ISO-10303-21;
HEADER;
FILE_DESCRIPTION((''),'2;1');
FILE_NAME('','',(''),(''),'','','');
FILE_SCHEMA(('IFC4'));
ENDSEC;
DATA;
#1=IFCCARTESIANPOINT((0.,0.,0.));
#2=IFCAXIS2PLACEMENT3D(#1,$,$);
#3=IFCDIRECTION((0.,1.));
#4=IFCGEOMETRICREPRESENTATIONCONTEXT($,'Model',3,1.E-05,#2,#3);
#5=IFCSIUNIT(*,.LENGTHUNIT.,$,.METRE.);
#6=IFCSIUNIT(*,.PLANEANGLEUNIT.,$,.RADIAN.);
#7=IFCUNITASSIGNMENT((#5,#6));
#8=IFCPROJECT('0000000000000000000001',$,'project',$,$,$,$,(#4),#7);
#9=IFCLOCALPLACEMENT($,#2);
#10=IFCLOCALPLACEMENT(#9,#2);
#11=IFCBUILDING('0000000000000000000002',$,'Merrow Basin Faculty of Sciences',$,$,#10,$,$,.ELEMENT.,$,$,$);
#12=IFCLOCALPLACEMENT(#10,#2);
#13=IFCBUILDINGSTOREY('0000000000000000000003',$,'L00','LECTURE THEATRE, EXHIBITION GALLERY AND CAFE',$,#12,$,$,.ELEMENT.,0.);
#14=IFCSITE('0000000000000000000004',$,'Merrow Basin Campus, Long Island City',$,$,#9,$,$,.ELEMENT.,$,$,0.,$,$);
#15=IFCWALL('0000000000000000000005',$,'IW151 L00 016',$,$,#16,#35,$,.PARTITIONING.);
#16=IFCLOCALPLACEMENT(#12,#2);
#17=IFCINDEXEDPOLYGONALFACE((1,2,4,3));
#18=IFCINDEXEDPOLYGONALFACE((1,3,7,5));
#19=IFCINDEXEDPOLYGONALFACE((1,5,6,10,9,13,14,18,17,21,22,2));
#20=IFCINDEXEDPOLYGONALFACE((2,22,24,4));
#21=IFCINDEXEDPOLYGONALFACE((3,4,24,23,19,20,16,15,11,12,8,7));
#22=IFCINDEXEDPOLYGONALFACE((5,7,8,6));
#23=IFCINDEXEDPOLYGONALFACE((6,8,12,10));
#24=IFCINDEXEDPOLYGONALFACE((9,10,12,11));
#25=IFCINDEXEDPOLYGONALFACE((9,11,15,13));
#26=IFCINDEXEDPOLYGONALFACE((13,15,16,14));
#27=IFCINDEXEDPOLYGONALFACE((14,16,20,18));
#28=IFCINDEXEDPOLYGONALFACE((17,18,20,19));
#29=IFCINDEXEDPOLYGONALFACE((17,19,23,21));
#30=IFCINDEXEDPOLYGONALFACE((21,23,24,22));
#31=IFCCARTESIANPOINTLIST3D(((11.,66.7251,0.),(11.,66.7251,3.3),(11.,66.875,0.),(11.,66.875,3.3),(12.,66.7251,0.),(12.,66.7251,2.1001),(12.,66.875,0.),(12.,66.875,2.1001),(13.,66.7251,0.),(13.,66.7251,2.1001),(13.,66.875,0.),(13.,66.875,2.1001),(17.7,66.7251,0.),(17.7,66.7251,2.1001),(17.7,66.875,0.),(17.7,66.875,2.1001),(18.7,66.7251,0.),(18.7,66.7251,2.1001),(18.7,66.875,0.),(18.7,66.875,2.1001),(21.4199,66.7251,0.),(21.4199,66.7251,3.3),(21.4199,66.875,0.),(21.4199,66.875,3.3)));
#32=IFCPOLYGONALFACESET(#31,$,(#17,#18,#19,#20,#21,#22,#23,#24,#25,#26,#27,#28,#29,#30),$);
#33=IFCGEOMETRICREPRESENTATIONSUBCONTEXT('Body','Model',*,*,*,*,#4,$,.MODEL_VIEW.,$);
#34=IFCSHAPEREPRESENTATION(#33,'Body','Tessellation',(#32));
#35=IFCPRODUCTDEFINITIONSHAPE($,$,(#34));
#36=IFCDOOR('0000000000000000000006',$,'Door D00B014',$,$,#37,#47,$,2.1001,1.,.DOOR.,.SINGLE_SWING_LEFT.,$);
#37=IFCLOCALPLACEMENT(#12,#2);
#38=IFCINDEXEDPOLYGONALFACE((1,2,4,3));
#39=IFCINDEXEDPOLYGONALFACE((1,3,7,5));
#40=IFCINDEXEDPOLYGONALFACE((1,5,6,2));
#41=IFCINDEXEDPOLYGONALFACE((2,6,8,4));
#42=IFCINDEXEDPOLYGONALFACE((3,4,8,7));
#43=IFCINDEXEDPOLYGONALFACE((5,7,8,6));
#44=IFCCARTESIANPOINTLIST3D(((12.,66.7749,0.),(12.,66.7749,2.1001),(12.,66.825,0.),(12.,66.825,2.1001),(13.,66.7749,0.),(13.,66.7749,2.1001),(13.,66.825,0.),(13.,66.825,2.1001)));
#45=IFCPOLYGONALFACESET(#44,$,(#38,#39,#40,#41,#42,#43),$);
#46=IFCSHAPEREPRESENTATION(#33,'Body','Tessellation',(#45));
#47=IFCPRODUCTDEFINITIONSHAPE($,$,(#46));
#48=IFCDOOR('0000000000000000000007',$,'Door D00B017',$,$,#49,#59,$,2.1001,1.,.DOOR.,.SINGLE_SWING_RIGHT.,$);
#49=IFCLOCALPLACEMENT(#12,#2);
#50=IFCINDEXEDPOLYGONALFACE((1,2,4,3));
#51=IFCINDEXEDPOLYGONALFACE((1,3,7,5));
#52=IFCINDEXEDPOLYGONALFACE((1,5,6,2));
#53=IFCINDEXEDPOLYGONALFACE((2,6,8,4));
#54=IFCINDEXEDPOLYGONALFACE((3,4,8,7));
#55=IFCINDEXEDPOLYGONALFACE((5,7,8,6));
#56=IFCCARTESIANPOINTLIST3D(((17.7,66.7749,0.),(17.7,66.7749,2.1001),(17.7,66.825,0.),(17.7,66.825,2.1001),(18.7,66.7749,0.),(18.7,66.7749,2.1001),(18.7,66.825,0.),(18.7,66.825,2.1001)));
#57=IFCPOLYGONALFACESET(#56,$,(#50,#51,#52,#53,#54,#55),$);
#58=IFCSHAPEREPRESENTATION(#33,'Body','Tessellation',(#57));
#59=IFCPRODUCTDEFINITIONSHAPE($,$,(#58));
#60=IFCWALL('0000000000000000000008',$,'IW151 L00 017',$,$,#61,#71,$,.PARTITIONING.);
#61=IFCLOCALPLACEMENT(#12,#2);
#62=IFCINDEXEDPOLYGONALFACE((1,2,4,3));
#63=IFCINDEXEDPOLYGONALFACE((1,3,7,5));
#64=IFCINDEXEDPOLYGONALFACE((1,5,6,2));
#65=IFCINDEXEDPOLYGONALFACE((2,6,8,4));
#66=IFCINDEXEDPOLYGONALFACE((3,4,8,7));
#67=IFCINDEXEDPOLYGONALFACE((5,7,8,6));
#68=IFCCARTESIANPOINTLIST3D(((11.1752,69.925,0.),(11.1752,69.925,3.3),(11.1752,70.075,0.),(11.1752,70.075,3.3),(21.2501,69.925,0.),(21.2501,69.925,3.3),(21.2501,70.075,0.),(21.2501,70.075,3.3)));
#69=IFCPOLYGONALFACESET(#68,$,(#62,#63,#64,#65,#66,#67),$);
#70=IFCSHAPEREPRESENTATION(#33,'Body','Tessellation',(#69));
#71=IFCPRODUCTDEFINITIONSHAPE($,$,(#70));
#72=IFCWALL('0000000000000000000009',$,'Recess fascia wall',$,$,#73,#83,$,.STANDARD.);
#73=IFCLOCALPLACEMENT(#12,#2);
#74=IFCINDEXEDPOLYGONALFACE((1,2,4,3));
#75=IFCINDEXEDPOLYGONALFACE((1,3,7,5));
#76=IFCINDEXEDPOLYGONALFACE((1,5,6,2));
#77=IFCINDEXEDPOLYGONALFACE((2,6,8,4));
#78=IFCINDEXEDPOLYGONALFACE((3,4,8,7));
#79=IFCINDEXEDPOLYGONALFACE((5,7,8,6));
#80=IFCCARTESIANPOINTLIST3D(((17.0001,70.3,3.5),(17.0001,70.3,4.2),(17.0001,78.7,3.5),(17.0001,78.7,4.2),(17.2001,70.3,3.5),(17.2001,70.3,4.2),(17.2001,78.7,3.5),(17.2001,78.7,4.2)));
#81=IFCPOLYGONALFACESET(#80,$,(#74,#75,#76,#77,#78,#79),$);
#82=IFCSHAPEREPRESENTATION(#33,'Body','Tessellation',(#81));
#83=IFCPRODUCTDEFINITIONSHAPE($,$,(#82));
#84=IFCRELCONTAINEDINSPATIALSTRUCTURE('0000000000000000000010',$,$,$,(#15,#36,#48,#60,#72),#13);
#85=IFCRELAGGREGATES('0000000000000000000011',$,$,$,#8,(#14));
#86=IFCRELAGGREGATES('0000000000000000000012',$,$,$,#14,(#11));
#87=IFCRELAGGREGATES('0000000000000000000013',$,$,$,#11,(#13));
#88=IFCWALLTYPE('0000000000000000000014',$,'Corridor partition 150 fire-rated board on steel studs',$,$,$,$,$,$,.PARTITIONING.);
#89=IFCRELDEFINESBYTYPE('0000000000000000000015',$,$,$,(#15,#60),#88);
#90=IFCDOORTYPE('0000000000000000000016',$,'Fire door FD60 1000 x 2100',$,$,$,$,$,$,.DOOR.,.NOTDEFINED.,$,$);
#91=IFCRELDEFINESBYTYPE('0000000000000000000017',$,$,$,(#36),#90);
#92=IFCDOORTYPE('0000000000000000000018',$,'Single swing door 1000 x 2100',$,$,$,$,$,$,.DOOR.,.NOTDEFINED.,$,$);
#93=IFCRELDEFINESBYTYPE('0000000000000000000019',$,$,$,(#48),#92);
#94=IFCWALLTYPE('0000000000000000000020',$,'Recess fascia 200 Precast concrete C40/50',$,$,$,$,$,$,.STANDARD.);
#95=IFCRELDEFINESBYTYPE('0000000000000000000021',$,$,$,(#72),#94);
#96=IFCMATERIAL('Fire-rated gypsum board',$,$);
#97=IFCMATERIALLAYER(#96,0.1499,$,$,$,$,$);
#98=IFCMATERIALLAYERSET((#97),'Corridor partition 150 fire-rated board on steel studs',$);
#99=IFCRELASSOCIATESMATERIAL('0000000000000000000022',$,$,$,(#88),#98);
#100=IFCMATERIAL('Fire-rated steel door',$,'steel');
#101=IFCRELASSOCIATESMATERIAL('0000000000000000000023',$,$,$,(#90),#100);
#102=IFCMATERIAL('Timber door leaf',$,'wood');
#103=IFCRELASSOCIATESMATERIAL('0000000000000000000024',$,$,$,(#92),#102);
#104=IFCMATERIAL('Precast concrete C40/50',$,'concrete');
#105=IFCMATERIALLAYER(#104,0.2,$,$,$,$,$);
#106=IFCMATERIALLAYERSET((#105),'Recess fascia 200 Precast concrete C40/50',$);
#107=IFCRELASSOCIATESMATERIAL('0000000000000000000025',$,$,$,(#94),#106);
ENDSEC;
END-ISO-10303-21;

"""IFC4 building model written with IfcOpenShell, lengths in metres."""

from ifc_helpers import new_model, si_unit, direction, frame, frame_2d, origin, place, context, subcontext, project, spatial, rectangle, extrude, material, layer, layer_set, type_object, element, fill, save


model = new_model("IFC4")

# Units and contexts
model_context = context("Model", 3, precision=1e-05, world=origin(), true_north=direction((0.0, 1.0)))
body_context = subcontext(model_context, "Body", "Model", "MODEL_VIEW")
ifc_project = project(units=[si_unit("LENGTHUNIT", "METRE"), si_unit("PLANEANGLEUNIT", "RADIAN")], contexts=[model_context])

# Site, building, storey
site_placement = place(None, origin())
site = spatial("IfcSite", under=ifc_project, at=site_placement, Name="Merrow Basin Campus, Long Island City", CompositionType="ELEMENT", RefElevation=0.0)
building_placement = place(site_placement, origin())
building = spatial("IfcBuilding", under=site, at=building_placement, Name="Merrow Basin Faculty of Sciences", CompositionType="ELEMENT")
storey_placement = place(building_placement, origin())
storey = spatial("IfcBuildingStorey", under=building, at=storey_placement, Name="L00", Description="LECTURE THEATRE, EXHIBITION GALLERY AND CAFE", CompositionType="ELEMENT", Elevation=0.0)

# Shared definitions
ifc_material_1 = material(Name="Fire-rated gypsum board")
ifc_layer_1 = layer(ifc_material_1, 0.1499)
ifc_layer_set_1 = layer_set([ifc_layer_1], Name="Corridor partition 150 fire-rated board on steel studs")
wall_type_1 = type_object("IfcWallType", Name="Corridor partition 150 fire-rated board on steel studs", PredefinedType="PARTITIONING", material=ifc_layer_set_1)

# Wall, openings, doors
wall_1_placement = place(storey_placement, frame((11.0, 66.8, 0.0), z_axis=(0.0, 0.0, 1.0), x_axis=(1.0, 0.0, 0.0)))
wall_1 = element("IfcWall", 1, at=wall_1_placement, inside=storey, type_object=wall_type_1, Name="IW151 L00 016", PredefinedType="PARTITIONING", context=body_context, shape_type="SweptSolid", body=[
    extrude(rectangle(XDim=10.4199, YDim=0.1499, at=frame_2d((5.21, 0.0))), origin(), (0.0, 0.0, 1.0), 3.3),
])
opening_1_placement = place(wall_1_placement, frame((1.0, 0.0, 0.0)))
opening_1 = element("IfcOpeningElement", 2, at=opening_1_placement, cuts=wall_1, PredefinedType="OPENING", context=body_context, shape_type="SweptSolid", body=[
    extrude(rectangle(XDim=1.0, YDim=2.1001, at=frame_2d((0.5, 1.05))), frame((0.0, 0.085, 0.0), z_axis=(0.0, -1.0, 0.0), x_axis=(1.0, 0.0, 0.0)), (0.0, 0.0, 1.0), 0.1699),
])
opening_2_placement = place(wall_1_placement, frame((6.7, 0.0, 0.0)))
opening_2 = element("IfcOpeningElement", 3, at=opening_2_placement, cuts=wall_1, PredefinedType="OPENING", context=body_context, shape_type="SweptSolid", body=[
    extrude(rectangle(XDim=1.0, YDim=2.1001, at=frame_2d((0.5, 1.05))), frame((0.0, 0.085, 0.0), z_axis=(0.0, -1.0, 0.0), x_axis=(1.0, 0.0, 0.0)), (0.0, 0.0, 1.0), 0.1699),
])
ifc_material_2 = material(Name="Fire-rated steel door", Category="steel")
door_type_1 = type_object("IfcDoorType", Name="Fire door FD60 1000 x 2100", OperationType="NOTDEFINED", PredefinedType="DOOR", material=ifc_material_2)
door_1_placement = place(opening_1_placement, origin())
door_1 = element("IfcDoor", 4, at=door_1_placement, inside=storey, type_object=door_type_1, Name="Door D00B014", OperationType="SINGLE_SWING_LEFT", OverallHeight=2.1001, OverallWidth=1.0, PredefinedType="DOOR", context=body_context, shape_type="SweptSolid", body=[
    extrude(rectangle(XDim=1.0, YDim=2.1001, at=frame_2d((0.5, 1.05))), frame((0.0, 0.0249, 0.0), z_axis=(0.0, -1.0, 0.0), x_axis=(1.0, 0.0, 0.0)), (0.0, 0.0, 1.0), 0.05),
])
fill(opening_1, door_1)
ifc_material_3 = material(Name="Timber door leaf", Category="wood")
door_type_2 = type_object("IfcDoorType", Name="Single swing door 1000 x 2100", OperationType="NOTDEFINED", PredefinedType="DOOR", material=ifc_material_3)
door_2_placement = place(opening_2_placement, origin())
door_2 = element("IfcDoor", 5, at=door_2_placement, inside=storey, type_object=door_type_2, Name="Door D00B017", OperationType="SINGLE_SWING_RIGHT", OverallHeight=2.1001, OverallWidth=1.0, PredefinedType="DOOR", context=body_context, shape_type="SweptSolid", body=[
    extrude(rectangle(XDim=1.0, YDim=2.1001, at=frame_2d((0.5, 1.05))), frame((0.0, 0.0249, 0.0), z_axis=(0.0, -1.0, 0.0), x_axis=(1.0, 0.0, 0.0)), (0.0, 0.0, 1.0), 0.05),
])
fill(opening_2, door_2)

# Walls
wall_2_placement = place(storey_placement, frame((11.175, 70.0, 0.0), z_axis=(0.0, 0.0, 1.0), x_axis=(1.0, 0.0, 0.0)))
element("IfcWall", 6, at=wall_2_placement, inside=storey, type_object=wall_type_1, Name="IW151 L00 017", PredefinedType="PARTITIONING", context=body_context, shape_type="SweptSolid", body=[
    extrude(rectangle(XDim=10.075, YDim=0.1499, at=frame_2d((5.0376, 0.0))), origin(), (0.0, 0.0, 1.0), 3.3),
])
ifc_material_4 = material(Name="Precast concrete C40/50", Category="concrete")
ifc_layer_2 = layer(ifc_material_4, 0.2)
ifc_layer_set_2 = layer_set([ifc_layer_2], Name="Recess fascia 200 Precast concrete C40/50")
wall_type_2 = type_object("IfcWallType", Name="Recess fascia 200 Precast concrete C40/50", PredefinedType="STANDARD", material=ifc_layer_set_2)
wall_3_placement = place(storey_placement, frame((17.1001, 70.3, 3.5), z_axis=(0.0, 0.0, 1.0), x_axis=(0.0, 1.0, 0.0)))
element("IfcWall", 7, at=wall_3_placement, inside=storey, type_object=wall_type_2, Name="Recess fascia wall", PredefinedType="STANDARD", context=body_context, shape_type="SweptSolid", body=[
    extrude(rectangle(XDim=8.3999, YDim=0.2, at=frame_2d((4.2, 0.0))), origin(), (0.0, 0.0, 1.0), 0.7),
])

save(model, "model.ifc")
